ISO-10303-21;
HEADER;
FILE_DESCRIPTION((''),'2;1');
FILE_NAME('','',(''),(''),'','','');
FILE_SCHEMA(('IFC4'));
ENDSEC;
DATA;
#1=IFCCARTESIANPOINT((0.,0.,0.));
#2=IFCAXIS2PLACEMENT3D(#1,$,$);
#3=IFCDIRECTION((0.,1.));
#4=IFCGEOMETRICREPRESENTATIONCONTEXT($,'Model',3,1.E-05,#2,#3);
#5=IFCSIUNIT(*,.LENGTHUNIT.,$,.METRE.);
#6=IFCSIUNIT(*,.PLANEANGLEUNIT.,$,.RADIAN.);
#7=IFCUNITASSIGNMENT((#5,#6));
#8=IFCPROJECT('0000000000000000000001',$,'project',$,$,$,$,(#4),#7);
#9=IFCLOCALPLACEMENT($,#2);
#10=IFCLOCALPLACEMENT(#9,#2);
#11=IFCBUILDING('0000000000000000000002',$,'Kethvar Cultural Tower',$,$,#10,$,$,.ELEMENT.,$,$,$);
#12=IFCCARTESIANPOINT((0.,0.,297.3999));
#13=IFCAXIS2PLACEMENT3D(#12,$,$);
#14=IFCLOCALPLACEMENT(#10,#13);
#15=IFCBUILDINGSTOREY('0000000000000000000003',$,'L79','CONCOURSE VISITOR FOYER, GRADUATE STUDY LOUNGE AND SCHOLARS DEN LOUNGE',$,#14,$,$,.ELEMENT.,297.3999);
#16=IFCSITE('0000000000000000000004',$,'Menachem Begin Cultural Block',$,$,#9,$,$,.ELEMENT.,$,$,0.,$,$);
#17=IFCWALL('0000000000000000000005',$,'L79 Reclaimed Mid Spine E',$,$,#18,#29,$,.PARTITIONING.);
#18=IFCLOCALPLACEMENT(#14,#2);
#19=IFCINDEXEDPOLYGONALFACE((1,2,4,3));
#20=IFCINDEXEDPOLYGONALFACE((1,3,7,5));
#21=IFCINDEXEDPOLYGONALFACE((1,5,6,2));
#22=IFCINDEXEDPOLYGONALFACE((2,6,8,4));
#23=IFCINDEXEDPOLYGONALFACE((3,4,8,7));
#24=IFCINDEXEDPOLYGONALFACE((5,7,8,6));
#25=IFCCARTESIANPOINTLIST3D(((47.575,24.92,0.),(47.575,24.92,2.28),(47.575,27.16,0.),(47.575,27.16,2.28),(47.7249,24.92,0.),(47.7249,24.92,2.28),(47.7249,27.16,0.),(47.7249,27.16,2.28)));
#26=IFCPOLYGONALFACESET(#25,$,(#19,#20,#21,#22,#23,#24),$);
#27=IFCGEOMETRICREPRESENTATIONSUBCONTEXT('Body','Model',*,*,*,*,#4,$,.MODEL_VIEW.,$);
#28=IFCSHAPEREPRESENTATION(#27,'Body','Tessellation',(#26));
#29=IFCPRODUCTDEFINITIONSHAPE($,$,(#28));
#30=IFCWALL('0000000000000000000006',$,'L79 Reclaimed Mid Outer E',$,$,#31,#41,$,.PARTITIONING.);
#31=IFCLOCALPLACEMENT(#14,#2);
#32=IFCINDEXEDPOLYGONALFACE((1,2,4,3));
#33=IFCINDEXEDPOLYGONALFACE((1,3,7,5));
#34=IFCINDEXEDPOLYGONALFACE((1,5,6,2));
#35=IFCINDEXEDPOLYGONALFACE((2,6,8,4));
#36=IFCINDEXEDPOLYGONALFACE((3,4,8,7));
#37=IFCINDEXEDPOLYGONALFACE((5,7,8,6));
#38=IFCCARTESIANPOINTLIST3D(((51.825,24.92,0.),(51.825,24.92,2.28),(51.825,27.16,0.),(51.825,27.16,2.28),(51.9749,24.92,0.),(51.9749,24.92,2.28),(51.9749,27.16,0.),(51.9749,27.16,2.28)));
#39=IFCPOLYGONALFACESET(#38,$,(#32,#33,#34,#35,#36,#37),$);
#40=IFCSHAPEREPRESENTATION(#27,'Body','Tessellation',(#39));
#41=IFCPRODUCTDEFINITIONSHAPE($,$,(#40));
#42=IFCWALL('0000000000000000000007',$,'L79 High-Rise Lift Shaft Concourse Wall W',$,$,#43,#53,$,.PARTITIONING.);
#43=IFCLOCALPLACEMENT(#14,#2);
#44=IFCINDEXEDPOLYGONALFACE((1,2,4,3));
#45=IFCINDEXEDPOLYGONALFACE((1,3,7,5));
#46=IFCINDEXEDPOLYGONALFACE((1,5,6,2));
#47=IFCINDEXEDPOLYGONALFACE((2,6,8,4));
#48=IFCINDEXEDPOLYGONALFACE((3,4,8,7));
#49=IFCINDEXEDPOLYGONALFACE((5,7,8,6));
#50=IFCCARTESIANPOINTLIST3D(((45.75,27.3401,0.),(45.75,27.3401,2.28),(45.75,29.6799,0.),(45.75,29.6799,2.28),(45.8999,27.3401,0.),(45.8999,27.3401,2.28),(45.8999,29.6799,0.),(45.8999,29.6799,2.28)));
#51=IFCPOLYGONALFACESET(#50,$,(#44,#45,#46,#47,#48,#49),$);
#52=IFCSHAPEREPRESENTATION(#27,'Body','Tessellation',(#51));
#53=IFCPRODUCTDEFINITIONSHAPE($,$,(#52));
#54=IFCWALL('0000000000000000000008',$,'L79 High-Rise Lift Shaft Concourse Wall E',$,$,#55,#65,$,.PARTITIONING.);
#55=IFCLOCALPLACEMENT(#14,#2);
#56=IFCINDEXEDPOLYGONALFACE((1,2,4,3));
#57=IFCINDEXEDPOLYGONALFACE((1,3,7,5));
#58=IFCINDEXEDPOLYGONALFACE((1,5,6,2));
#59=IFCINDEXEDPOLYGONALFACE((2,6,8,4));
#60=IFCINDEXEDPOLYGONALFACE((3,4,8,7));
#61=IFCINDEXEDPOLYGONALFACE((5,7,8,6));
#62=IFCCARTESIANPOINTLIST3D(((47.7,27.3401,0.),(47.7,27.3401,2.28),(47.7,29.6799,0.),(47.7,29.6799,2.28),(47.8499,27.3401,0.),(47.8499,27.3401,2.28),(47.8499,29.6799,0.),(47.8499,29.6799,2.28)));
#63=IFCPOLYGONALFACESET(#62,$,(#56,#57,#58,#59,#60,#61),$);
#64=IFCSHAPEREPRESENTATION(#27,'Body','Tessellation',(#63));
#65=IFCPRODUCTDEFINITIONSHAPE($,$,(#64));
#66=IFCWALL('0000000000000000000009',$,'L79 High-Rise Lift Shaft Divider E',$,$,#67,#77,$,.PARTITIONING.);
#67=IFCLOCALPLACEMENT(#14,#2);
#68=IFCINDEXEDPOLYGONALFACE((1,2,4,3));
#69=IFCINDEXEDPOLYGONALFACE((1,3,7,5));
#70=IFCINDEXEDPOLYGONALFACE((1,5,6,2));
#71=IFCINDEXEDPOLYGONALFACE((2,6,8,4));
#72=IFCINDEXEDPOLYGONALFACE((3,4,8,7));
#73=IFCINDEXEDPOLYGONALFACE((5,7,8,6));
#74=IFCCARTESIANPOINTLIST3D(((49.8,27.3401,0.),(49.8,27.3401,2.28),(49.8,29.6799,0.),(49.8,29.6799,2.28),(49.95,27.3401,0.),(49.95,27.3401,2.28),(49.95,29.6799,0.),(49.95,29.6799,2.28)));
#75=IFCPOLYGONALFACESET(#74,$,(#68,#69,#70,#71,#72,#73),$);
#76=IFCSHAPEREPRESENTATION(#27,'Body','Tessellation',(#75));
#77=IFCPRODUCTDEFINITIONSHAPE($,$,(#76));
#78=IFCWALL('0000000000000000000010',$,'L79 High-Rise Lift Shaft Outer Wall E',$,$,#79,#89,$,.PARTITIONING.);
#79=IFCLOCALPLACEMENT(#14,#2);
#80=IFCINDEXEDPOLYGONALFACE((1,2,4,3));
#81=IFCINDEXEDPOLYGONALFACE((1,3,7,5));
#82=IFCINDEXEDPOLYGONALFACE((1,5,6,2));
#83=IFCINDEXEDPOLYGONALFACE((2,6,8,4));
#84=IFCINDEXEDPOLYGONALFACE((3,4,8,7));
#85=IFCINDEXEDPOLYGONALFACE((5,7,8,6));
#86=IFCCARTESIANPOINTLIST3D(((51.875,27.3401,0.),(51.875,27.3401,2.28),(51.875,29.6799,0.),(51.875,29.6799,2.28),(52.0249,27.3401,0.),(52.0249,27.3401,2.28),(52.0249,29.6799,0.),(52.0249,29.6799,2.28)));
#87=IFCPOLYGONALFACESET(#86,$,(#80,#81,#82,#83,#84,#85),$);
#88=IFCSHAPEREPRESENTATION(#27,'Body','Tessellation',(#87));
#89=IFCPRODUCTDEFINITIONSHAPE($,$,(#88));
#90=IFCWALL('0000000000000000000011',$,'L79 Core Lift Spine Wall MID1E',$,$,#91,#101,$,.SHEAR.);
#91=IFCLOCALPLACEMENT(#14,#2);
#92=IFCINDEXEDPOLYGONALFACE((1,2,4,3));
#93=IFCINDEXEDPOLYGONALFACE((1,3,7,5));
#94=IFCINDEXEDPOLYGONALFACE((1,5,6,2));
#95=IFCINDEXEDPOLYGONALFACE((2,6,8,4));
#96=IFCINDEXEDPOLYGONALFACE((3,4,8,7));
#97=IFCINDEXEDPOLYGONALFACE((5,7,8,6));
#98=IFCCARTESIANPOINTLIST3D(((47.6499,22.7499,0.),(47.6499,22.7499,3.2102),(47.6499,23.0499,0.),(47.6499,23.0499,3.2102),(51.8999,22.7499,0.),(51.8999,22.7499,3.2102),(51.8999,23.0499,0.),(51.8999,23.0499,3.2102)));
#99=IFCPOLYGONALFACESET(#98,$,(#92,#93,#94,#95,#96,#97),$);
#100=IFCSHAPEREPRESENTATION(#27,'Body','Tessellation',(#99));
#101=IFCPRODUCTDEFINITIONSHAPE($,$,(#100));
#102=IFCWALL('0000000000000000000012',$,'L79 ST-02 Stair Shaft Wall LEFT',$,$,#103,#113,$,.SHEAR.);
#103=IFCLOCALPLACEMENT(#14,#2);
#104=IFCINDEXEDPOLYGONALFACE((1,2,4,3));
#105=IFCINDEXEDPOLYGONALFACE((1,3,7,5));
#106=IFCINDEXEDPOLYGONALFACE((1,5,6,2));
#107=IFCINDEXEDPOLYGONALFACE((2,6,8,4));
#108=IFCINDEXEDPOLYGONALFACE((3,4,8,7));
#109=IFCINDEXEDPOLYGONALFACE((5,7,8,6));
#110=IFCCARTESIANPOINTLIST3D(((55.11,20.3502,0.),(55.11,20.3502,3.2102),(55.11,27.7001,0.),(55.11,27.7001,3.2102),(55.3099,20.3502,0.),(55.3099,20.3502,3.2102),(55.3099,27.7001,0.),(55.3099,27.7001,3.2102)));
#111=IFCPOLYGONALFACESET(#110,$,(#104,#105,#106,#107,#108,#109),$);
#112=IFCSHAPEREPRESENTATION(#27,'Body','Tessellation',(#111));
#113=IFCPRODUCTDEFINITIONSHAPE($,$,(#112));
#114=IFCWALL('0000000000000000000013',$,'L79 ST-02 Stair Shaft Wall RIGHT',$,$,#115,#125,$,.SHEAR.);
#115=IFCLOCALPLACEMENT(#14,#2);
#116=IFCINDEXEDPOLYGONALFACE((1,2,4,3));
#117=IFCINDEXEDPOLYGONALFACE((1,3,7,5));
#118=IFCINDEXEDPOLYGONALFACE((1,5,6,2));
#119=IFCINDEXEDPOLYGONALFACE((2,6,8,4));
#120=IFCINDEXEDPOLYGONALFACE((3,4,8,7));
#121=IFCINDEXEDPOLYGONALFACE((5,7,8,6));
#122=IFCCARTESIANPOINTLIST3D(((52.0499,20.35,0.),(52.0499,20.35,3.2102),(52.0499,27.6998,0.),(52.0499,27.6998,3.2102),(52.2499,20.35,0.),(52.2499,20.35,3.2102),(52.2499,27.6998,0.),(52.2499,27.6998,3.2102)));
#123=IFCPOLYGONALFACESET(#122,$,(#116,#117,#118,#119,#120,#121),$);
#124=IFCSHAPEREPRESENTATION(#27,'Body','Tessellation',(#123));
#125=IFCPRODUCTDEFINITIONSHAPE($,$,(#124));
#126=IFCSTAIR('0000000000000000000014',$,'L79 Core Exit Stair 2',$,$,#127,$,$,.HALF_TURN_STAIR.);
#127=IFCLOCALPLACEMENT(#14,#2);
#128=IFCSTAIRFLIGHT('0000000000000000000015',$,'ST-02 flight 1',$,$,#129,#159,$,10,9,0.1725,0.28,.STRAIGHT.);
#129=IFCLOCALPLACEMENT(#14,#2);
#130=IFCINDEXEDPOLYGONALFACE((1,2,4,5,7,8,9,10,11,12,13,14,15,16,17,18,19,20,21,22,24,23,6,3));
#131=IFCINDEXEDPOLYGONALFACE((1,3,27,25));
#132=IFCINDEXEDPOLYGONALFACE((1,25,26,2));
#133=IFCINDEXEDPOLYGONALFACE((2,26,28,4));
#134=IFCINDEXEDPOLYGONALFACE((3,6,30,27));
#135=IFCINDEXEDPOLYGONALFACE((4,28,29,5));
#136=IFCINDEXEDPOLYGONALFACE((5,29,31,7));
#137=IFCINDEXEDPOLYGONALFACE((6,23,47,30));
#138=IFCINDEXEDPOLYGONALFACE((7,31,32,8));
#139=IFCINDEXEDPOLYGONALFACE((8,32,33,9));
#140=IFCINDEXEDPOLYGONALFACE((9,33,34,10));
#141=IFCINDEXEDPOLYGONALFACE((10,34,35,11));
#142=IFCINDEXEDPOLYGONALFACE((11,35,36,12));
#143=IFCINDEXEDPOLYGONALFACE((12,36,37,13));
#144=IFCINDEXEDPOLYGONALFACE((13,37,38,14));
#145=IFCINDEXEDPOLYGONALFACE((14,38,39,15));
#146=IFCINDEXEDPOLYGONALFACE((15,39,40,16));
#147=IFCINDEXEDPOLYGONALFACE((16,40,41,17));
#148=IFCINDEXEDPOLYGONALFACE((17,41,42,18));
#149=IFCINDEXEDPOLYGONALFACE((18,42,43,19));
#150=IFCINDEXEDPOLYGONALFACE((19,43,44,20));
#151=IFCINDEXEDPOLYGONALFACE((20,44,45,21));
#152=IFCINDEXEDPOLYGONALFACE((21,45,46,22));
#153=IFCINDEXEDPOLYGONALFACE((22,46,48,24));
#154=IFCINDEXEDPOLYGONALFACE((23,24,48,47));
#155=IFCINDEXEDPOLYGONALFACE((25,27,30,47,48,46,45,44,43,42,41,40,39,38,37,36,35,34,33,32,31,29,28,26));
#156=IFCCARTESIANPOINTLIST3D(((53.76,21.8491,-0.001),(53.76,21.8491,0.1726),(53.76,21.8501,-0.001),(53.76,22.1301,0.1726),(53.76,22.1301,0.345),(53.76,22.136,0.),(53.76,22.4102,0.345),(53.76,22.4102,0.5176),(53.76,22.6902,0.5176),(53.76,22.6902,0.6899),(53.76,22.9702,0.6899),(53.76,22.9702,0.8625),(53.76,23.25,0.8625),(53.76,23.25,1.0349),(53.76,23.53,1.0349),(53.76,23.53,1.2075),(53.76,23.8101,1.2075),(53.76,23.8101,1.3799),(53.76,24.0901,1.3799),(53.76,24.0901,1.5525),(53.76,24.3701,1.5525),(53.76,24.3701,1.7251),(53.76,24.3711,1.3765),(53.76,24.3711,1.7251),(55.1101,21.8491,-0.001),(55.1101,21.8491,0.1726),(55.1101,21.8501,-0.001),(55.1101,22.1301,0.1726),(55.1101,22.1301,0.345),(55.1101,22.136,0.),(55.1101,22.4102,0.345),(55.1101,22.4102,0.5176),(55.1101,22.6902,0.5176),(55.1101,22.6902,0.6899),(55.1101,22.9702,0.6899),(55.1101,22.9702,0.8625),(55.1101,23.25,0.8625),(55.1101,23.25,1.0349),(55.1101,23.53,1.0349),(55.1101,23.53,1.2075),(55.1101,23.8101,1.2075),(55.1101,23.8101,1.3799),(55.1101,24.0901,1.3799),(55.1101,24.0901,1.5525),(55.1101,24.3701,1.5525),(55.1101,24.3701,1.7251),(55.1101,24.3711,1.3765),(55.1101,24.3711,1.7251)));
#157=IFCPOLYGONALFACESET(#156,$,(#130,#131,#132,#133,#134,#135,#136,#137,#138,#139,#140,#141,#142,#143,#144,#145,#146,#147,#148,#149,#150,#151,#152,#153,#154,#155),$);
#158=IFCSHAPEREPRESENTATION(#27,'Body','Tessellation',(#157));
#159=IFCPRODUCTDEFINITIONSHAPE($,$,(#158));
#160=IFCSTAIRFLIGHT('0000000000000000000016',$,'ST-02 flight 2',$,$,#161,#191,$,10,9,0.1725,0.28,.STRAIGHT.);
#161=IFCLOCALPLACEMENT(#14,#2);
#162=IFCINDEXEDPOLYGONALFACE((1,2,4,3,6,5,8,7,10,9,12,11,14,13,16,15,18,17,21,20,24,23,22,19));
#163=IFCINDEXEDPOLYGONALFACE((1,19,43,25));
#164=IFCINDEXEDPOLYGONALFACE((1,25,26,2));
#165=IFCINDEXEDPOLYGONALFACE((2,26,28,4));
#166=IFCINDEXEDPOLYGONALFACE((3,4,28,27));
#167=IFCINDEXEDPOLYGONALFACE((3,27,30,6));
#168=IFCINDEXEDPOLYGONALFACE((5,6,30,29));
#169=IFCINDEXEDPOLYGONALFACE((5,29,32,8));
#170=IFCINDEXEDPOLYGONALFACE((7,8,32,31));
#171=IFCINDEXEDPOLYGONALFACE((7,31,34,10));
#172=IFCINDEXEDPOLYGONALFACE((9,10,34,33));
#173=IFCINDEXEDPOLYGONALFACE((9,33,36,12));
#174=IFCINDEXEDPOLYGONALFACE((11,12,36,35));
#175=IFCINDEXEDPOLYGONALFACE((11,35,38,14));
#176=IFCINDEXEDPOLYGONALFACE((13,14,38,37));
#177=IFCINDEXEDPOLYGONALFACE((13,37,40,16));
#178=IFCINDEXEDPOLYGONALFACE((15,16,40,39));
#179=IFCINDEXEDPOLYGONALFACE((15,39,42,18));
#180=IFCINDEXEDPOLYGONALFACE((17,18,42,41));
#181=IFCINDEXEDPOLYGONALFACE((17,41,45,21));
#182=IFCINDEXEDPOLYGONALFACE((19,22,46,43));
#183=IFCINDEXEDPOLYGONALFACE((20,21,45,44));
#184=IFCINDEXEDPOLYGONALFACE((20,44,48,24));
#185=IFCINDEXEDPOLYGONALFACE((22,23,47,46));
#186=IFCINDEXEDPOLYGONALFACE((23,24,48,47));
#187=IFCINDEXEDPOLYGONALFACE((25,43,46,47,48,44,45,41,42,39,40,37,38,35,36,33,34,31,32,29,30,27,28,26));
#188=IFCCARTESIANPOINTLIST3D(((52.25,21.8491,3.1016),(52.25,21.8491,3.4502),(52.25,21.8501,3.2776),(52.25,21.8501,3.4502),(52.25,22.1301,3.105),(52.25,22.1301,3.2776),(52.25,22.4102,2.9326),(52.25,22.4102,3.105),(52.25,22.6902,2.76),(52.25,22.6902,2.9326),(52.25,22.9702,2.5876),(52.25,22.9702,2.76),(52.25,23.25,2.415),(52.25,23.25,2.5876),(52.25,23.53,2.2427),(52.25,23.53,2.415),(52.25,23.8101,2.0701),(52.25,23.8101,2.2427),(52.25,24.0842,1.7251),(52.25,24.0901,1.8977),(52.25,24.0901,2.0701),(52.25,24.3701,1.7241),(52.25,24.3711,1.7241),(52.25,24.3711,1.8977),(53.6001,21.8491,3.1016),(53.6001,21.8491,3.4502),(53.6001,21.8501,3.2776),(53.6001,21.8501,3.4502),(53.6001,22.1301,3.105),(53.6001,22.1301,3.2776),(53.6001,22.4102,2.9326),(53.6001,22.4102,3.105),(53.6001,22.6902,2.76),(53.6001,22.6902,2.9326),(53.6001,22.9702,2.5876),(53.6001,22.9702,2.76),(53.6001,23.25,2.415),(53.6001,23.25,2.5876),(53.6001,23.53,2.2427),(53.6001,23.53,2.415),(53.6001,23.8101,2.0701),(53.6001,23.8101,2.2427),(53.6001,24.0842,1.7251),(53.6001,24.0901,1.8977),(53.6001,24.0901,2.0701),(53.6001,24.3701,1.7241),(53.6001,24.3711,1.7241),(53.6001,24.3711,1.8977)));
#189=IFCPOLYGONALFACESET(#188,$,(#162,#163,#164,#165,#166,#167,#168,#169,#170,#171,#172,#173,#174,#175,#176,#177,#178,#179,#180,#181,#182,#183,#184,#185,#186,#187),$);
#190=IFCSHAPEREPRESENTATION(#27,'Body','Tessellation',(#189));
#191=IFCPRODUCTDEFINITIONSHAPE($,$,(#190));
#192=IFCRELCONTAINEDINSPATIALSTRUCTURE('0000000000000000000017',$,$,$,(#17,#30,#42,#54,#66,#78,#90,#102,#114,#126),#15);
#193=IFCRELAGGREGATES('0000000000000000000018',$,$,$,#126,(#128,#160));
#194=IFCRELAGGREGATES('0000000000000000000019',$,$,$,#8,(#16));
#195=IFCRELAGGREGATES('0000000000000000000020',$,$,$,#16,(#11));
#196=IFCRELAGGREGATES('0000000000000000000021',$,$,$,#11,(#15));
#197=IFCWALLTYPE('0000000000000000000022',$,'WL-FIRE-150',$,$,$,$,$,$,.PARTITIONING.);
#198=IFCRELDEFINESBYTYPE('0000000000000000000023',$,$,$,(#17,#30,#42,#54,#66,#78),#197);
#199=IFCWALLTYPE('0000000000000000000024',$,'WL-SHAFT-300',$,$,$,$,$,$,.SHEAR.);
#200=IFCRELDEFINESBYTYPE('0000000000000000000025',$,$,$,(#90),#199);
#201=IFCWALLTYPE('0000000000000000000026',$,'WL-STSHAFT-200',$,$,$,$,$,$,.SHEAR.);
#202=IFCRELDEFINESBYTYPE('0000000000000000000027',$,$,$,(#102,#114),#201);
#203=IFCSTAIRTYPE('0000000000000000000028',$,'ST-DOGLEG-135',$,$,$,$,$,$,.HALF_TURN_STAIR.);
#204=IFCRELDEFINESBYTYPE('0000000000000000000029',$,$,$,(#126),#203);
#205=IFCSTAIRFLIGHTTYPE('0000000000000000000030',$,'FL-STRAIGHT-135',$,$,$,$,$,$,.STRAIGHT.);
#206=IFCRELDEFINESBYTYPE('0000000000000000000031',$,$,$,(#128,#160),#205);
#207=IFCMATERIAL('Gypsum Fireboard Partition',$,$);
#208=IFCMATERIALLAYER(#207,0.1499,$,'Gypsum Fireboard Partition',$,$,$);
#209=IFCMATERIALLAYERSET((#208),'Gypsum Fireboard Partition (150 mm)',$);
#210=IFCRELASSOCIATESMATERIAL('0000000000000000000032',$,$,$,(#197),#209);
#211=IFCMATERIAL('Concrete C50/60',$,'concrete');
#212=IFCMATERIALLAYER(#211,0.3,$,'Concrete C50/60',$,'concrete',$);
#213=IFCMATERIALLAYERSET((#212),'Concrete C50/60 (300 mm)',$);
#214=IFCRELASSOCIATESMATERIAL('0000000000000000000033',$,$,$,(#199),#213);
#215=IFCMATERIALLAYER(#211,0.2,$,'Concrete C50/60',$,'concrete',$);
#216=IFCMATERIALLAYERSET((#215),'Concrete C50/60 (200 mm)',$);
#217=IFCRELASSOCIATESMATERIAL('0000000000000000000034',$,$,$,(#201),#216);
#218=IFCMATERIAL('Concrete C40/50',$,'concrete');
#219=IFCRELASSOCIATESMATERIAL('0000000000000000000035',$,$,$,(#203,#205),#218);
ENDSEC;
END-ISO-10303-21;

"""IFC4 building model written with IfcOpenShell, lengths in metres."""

from ifc_helpers import new_model, si_unit, direction, frame, frame_2d, origin, place, context, subcontext, project, spatial, polyline, rectangle, outline, extrude, material, layer, layer_set, type_object, element, aggregate, save


model = new_model("IFC4")

# Units and contexts
model_context = context("Model", 3, precision=1e-05, world=origin(), true_north=direction((0.0, 1.0)))
body_context = subcontext(model_context, "Body", "Model", "MODEL_VIEW")
ifc_project = project(units=[si_unit("LENGTHUNIT", "METRE"), si_unit("PLANEANGLEUNIT", "RADIAN")], contexts=[model_context])

# Site, building, storey
site_placement = place(None, origin())
site = spatial("IfcSite", under=ifc_project, at=site_placement, Name="Menachem Begin Cultural Block", CompositionType="ELEMENT", RefElevation=0.0)
building_placement = place(site_placement, origin())
building = spatial("IfcBuilding", under=site, at=building_placement, Name="Kethvar Cultural Tower", CompositionType="ELEMENT")
storey_placement = place(building_placement, frame((0.0, 0.0, 297.3999)))
storey = spatial("IfcBuildingStorey", under=building, at=storey_placement, Name="L79", Description="CONCOURSE VISITOR FOYER, GRADUATE STUDY LOUNGE AND SCHOLARS DEN LOUNGE", CompositionType="ELEMENT", Elevation=297.3999)

# Shared definitions
ifc_material_1 = material(Name="Concrete C50/60", Category="concrete")

# Walls
ifc_material_2 = material(Name="Gypsum Fireboard Partition")
ifc_layer_1 = layer(ifc_material_2, 0.1499, Name="Gypsum Fireboard Partition")
ifc_layer_set_1 = layer_set([ifc_layer_1], Name="Gypsum Fireboard Partition (150 mm)")
wall_type_1 = type_object("IfcWallType", Name="WL-FIRE-150", PredefinedType="PARTITIONING", material=ifc_layer_set_1)
for number, where, z_axis, x_axis, name in (
    (1, (47.6499, 24.9199, 0.0), (0.0, 0.0, 1.0), (0.0, 1.0, 0.0), "L79 Reclaimed Mid Spine E"),
    (2, (51.8999, 24.9199, 0.0), (0.0, 0.0, 1.0), (0.0, 1.0, 0.0), "L79 Reclaimed Mid Outer E"),
):
    element("IfcWall", number, at=place(storey_placement, frame(where, z_axis=z_axis, x_axis=x_axis)), inside=storey, type_object=wall_type_1, Name=name, PredefinedType="PARTITIONING", context=body_context, shape_type="SweptSolid", body=[
        extrude(rectangle(XDim=2.24, YDim=0.1499, at=frame_2d((1.1201, 0.0))), origin(), (0.0, 0.0, 1.0), 2.28),
    ])
for number, where, z_axis, x_axis, name in (
    (3, (45.825, 27.3401, 0.0), (0.0, 0.0, 1.0), (0.0, 1.0, 0.0), "L79 High-Rise Lift Shaft Concourse Wall W"),
    (4, (47.7749, 27.3401, 0.0), (0.0, 0.0, 1.0), (0.0, 1.0, 0.0), "L79 High-Rise Lift Shaft Concourse Wall E"),
    (5, (49.875, 27.3401, 0.0), (0.0, 0.0, 1.0), (0.0, 1.0, 0.0), "L79 High-Rise Lift Shaft Divider E"),
    (6, (51.95, 27.3401, 0.0), (0.0, 0.0, 1.0), (0.0, 1.0, 0.0), "L79 High-Rise Lift Shaft Outer Wall E"),
):
    element("IfcWall", number, at=place(storey_placement, frame(where, z_axis=z_axis, x_axis=x_axis)), inside=storey, type_object=wall_type_1, Name=name, PredefinedType="PARTITIONING", context=body_context, shape_type="SweptSolid", body=[
        extrude(rectangle(XDim=2.3398, YDim=0.1499, at=frame_2d((1.1699, 0.0))), origin(), (0.0, 0.0, 1.0), 2.28),
    ])
ifc_layer_2 = layer(ifc_material_1, 0.3, Name="Concrete C50/60", Category="concrete")
ifc_layer_set_2 = layer_set([ifc_layer_2], Name="Concrete C50/60 (300 mm)")
wall_type_2 = type_object("IfcWallType", Name="WL-SHAFT-300", PredefinedType="SHEAR", material=ifc_layer_set_2)
wall_1_placement = place(storey_placement, frame((47.6499, 22.8999, 0.0), z_axis=(0.0, 0.0, 1.0), x_axis=(1.0, 0.0, 0.0)))
element("IfcWall", 7, at=wall_1_placement, inside=storey, type_object=wall_type_2, Name="L79 Core Lift Spine Wall MID1E", PredefinedType="SHEAR", context=body_context, shape_type="SweptSolid", body=[
    extrude(rectangle(XDim=4.25, YDim=0.3, at=frame_2d((2.125, 0.0))), origin(), (0.0, 0.0, 1.0), 3.2102),
])

# Walls
ifc_layer_3 = layer(ifc_material_1, 0.2, Name="Concrete C50/60", Category="concrete")
ifc_layer_set_3 = layer_set([ifc_layer_3], Name="Concrete C50/60 (200 mm)")
wall_type_3 = type_object("IfcWallType", Name="WL-STSHAFT-200", PredefinedType="SHEAR", material=ifc_layer_set_3)
for number, where, z_axis, x_axis, name in (
    (8, (55.21, 27.7, 0.0), (0.0, 0.0, 1.0), (0.0, -1.0, 0.0), "L79 ST-02 Stair Shaft Wall LEFT"),
    (9, (52.1499, 20.3501, 0.0), (0.0, 0.0, 1.0), (0.0, 1.0, 0.0), "L79 ST-02 Stair Shaft Wall RIGHT"),
):
    element("IfcWall", number, at=place(storey_placement, frame(where, z_axis=z_axis, x_axis=x_axis)), inside=storey, type_object=wall_type_3, Name=name, PredefinedType="SHEAR", context=body_context, shape_type="SweptSolid", body=[
        extrude(rectangle(XDim=7.3499, YDim=0.2, at=frame_2d((3.6748, 0.0))), origin(), (0.0, 0.0, 1.0), 3.2102),
    ])

# Stair, stair flights
ifc_material_3 = material(Name="Concrete C40/50", Category="concrete")
stair_type = type_object("IfcStairType", Name="ST-DOGLEG-135", PredefinedType="HALF_TURN_STAIR", material=ifc_material_3)
stair_placement = place(storey_placement, origin())
stair = element("IfcStair", 10, at=stair_placement, inside=storey, type_object=stair_type, Name="L79 Core Exit Stair 2", PredefinedType="HALF_TURN_STAIR")
stair_flight_type = type_object("IfcStairFlightType", Name="FL-STRAIGHT-135", PredefinedType="STRAIGHT", material=ifc_material_3)
stair_flight_1_placement = place(storey_placement, frame((54.4351, 21.8501, 0.0), z_axis=(0.0, 0.0, 1.0), x_axis=(0.0, 1.0, 0.0)))
stair_flight_1 = element("IfcStairFlight", 11, at=stair_flight_1_placement, type_object=stair_flight_type, Name="ST-02 flight 1", NumberOfRisers=10, NumberOfTreads=9, PredefinedType="STRAIGHT", RiserHeight=0.1725, TreadLength=0.28, context=body_context, shape_type="SweptSolid", body=[
    extrude(outline(polyline([(-0.001, -0.001), (-0.001, 0.1726), (0.28, 0.1726), (0.28, 0.345), (0.5601, 0.345), (0.5601, 0.5176), (0.8401, 0.5176), (0.8401, 0.6899), (1.1201, 0.6899), (1.1201, 0.8625), (1.3999, 0.8625), (1.3999, 1.0349), (1.6799, 1.0349), (1.6799, 1.2075), (1.96, 1.2075), (1.96, 1.3799), (2.24, 1.3799), (2.24, 1.5525), (2.52, 1.5525), (2.52, 1.7251), (2.521, 1.7251), (2.521, 1.3765), (0.2859, 0.0), (0.0, -0.001), (-0.001, -0.001)])), frame((0.0, 0.675, 0.0), z_axis=(0.0, -1.0, 0.0), x_axis=(1.0, 0.0, 0.0)), (0.0, 0.0, 1.0), 1.3501),
])
stair_flight_2_placement = place(storey_placement, frame((52.925, 24.3701, 1.7251), z_axis=(0.0, 0.0, 1.0), x_axis=(0.0, -1.0, 0.0)))
stair_flight_2 = element("IfcStairFlight", 12, at=stair_flight_2_placement, type_object=stair_flight_type, Name="ST-02 flight 2", NumberOfRisers=10, NumberOfTreads=9, PredefinedType="STRAIGHT", RiserHeight=0.1725, TreadLength=0.28, context=body_context, shape_type="SweptSolid", body=[
    extrude(outline(polyline([(-0.001, -0.001), (-0.001, 0.1726), (0.28, 0.1726), (0.28, 0.345), (0.5601, 0.345), (0.5601, 0.5176), (0.8401, 0.5176), (0.8401, 0.6899), (1.1201, 0.6899), (1.1201, 0.8625), (1.3999, 0.8625), (1.3999, 1.0349), (1.6799, 1.0349), (1.6799, 1.2075), (1.96, 1.2075), (1.96, 1.3799), (2.24, 1.3799), (2.24, 1.5525), (2.52, 1.5525), (2.52, 1.7251), (2.521, 1.7251), (2.521, 1.3765), (0.2859, 0.0), (0.0, -0.001), (-0.001, -0.001)])), frame((0.0, 0.675, 0.0), z_axis=(0.0, -1.0, 0.0), x_axis=(1.0, 0.0, 0.0)), (0.0, 0.0, 1.0), 1.3501),
])
aggregate(stair, [stair_flight_1, stair_flight_2])

save(model, "model.ifc")
